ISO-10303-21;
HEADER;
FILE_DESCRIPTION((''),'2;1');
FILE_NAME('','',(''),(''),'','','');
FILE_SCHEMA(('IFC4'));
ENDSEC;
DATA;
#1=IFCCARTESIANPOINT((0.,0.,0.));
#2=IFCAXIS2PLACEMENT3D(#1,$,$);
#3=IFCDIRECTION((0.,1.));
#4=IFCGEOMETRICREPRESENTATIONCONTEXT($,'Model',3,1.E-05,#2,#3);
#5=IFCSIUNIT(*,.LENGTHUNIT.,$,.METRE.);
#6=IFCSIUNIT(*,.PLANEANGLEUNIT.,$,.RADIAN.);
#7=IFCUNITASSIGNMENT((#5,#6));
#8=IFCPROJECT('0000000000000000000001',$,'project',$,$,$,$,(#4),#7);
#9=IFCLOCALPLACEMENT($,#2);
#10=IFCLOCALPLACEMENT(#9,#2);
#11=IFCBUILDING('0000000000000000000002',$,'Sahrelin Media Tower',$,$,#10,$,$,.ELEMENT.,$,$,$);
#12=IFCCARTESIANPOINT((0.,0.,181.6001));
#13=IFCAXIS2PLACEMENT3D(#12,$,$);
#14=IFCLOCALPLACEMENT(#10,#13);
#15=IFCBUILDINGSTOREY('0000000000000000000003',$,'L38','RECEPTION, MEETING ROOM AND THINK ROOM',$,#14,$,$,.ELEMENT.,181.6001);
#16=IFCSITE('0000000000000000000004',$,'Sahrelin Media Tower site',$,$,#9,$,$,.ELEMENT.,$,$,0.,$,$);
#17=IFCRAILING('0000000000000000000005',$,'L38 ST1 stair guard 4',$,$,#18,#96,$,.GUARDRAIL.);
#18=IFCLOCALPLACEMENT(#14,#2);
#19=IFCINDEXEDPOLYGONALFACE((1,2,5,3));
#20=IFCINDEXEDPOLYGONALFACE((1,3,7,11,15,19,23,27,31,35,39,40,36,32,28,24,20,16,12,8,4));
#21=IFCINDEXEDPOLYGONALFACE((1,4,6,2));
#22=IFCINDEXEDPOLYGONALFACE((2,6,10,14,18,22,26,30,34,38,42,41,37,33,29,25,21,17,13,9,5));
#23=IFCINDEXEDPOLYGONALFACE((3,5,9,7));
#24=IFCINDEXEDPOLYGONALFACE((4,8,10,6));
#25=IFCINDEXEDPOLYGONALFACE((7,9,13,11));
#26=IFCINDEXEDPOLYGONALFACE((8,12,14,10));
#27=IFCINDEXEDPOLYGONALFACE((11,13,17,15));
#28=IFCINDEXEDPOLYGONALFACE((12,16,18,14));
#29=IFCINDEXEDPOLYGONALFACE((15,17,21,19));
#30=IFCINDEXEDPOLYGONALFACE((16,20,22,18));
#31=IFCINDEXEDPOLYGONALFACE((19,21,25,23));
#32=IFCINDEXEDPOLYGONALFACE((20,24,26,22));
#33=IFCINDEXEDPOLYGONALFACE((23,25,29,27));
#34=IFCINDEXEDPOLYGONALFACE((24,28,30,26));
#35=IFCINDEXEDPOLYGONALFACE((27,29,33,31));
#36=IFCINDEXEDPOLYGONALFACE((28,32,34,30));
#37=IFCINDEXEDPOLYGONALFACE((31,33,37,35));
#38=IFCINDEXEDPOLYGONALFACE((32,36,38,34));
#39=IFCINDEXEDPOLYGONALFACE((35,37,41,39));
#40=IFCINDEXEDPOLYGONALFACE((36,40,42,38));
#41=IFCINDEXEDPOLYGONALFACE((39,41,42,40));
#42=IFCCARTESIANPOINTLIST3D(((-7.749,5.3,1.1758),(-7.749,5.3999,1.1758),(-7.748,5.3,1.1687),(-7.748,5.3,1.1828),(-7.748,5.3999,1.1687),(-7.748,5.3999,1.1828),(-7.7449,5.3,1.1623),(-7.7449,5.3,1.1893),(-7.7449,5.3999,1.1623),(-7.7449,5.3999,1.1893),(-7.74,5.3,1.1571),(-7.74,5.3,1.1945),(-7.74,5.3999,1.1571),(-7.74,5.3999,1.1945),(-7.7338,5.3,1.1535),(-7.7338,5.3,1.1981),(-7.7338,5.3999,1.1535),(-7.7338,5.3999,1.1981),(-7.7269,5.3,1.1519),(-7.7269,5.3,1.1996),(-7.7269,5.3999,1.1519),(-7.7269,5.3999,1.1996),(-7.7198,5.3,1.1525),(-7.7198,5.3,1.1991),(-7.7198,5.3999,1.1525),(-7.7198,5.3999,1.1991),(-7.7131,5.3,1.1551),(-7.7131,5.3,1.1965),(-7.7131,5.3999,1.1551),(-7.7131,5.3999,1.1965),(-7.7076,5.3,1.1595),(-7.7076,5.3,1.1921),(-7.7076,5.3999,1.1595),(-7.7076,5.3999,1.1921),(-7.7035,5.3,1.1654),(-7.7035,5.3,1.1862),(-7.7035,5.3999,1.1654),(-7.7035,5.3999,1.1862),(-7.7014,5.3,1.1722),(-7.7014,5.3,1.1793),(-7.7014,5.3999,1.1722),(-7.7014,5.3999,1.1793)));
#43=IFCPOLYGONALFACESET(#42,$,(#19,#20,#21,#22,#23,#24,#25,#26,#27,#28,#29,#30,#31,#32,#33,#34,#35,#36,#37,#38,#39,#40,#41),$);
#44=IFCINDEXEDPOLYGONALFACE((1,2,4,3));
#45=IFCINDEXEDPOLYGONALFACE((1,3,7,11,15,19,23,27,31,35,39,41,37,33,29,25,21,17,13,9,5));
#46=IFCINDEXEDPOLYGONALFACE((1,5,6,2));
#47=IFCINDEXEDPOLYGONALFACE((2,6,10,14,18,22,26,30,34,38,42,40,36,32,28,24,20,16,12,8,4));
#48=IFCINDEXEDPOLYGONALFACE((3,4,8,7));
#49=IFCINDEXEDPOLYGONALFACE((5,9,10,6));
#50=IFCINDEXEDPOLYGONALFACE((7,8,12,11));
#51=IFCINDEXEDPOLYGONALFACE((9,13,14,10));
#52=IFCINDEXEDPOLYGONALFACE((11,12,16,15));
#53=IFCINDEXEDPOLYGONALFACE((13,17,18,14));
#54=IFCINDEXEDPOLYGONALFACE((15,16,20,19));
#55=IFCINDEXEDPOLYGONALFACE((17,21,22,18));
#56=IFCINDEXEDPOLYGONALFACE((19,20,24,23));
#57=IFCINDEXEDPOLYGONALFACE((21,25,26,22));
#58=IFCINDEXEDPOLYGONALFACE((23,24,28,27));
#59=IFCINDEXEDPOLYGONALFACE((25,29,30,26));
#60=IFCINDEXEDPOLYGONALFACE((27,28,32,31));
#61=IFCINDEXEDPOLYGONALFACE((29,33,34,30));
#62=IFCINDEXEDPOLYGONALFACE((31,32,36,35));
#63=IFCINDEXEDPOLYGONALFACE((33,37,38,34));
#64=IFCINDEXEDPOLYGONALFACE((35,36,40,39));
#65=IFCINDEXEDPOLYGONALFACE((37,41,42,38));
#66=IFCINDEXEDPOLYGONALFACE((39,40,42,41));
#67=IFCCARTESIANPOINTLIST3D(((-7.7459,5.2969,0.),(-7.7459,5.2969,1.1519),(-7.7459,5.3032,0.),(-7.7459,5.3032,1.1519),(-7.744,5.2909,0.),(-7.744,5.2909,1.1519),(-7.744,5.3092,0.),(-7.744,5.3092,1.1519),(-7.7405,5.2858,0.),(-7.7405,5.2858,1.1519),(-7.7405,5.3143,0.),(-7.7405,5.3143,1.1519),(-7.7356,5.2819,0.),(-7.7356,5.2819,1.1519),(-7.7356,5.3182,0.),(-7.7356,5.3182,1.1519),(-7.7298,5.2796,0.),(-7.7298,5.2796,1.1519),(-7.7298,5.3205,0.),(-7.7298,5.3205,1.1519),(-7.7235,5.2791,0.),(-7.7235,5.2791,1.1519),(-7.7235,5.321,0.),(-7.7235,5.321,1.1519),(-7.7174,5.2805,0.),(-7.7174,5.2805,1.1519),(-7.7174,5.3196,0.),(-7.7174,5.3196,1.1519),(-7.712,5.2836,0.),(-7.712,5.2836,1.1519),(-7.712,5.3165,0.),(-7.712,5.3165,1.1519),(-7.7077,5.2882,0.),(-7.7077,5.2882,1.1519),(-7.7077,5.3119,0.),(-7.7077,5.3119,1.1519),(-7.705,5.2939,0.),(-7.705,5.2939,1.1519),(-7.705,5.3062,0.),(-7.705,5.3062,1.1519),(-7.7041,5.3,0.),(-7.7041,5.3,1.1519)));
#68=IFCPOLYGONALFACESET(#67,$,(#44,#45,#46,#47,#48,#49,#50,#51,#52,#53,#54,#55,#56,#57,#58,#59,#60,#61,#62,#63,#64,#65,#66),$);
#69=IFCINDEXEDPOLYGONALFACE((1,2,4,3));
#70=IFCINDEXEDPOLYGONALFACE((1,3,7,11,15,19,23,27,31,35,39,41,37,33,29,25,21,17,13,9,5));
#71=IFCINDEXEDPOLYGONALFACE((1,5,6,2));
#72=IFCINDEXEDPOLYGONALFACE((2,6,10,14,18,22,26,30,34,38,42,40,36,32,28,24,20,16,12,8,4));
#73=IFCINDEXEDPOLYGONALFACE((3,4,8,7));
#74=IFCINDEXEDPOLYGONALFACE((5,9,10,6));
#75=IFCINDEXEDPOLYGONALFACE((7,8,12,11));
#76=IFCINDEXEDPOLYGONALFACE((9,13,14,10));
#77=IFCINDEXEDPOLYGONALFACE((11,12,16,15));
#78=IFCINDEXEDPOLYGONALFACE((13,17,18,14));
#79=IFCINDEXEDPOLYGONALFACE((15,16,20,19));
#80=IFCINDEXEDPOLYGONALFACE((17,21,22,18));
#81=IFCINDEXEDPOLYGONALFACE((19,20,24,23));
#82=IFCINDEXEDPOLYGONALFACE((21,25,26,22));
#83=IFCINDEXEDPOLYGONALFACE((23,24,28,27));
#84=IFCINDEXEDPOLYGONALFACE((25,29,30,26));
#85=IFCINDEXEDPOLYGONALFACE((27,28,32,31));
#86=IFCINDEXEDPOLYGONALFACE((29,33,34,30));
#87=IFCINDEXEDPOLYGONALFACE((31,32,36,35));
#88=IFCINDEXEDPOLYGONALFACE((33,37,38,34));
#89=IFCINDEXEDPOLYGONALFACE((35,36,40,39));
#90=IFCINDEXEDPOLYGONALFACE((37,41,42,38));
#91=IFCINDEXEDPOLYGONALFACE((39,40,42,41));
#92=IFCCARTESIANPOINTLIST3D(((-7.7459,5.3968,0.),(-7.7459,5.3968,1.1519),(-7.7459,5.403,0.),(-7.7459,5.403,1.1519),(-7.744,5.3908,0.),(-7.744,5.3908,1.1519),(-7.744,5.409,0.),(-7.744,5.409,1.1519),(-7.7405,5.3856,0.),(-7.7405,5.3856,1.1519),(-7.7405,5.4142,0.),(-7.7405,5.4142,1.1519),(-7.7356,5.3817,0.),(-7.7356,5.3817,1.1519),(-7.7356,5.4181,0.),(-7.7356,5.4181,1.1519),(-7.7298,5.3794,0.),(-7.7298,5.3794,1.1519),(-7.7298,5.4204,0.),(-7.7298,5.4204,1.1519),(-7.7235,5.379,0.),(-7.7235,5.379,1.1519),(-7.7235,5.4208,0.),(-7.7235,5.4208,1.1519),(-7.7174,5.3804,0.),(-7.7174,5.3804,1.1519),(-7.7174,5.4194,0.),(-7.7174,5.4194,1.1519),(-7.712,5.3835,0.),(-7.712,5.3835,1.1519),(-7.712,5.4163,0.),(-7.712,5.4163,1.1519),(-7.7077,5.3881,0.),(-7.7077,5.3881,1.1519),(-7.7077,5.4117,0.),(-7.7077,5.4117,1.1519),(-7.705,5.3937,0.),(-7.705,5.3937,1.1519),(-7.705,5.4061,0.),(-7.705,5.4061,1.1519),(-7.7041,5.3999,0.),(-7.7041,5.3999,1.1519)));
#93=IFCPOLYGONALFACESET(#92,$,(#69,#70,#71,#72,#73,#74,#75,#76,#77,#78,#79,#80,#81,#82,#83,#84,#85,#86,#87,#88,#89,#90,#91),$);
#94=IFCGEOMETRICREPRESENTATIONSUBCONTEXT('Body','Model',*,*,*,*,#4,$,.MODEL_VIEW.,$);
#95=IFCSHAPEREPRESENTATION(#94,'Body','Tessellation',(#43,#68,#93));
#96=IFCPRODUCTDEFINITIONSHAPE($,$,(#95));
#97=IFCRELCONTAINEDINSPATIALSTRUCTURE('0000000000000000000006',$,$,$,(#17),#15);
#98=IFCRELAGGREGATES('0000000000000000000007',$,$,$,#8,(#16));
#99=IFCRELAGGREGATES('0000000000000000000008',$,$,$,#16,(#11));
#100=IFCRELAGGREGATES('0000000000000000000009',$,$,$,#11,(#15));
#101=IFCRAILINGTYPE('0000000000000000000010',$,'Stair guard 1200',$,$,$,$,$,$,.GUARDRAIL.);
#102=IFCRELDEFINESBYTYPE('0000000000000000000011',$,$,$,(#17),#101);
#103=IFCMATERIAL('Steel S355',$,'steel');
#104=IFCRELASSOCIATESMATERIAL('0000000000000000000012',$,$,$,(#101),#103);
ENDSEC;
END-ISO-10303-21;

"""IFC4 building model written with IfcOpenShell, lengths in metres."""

from ifc_helpers import new_model, si_unit, direction, frame, origin, origin_2d, place, context, subcontext, project, spatial, circle, extrude, material, type_object, element, save


model = new_model("IFC4")

# Units and contexts
model_context = context("Model", 3, precision=1e-05, world=origin(), true_north=direction((0.0, 1.0)))
body_context = subcontext(model_context, "Body", "Model", "MODEL_VIEW")
ifc_project = project(units=[si_unit("LENGTHUNIT", "METRE"), si_unit("PLANEANGLEUNIT", "RADIAN")], contexts=[model_context])

# Site, building, storey
site_placement = place(None, origin())
site = spatial("IfcSite", under=ifc_project, at=site_placement, Name="Sahrelin Media Tower site", CompositionType="ELEMENT", RefElevation=0.0)
building_placement = place(site_placement, origin())
building = spatial("IfcBuilding", under=site, at=building_placement, Name="Sahrelin Media Tower", CompositionType="ELEMENT")
storey_placement = place(building_placement, frame((0.0, 0.0, 181.6001)))
storey = spatial("IfcBuildingStorey", under=building, at=storey_placement, Name="L38", Description="RECEPTION, MEETING ROOM AND THINK ROOM", CompositionType="ELEMENT", Elevation=181.6001)

# Shared definitions
ifc_material_1 = material(Name="Steel S355", Category="steel")

# Railing
railing_type_1 = type_object("IfcRailingType", Name="Stair guard 1200", PredefinedType="GUARDRAIL", material=ifc_material_1)
railing_1_placement = place(storey_placement, frame((-7.7251, 5.3, 0.0)))
element("IfcRailing", 1, at=railing_1_placement, inside=storey, type_object=railing_type_1, Name="L38 ST1 stair guard 4", PredefinedType="GUARDRAIL", context=body_context, shape_type="SweptSolid", body=[
    extrude(circle(Radius=0.0239, at=origin_2d()), frame((0.0, 0.0, 1.1758), z_axis=(0.0, 1.0, 0.0), x_axis=(-1.0, 0.0, 0.0)), (0.0, 0.0, 1.0), 0.0999),
    extrude(circle(Radius=0.021, at=origin_2d()), origin(), (0.0, 0.0, 1.0), 1.1519),
    extrude(circle(Radius=0.021, at=origin_2d()), frame((0.0, 0.0999, 0.0)), (0.0, 0.0, 1.0), 1.1519),
])

save(model, "model.ifc")
